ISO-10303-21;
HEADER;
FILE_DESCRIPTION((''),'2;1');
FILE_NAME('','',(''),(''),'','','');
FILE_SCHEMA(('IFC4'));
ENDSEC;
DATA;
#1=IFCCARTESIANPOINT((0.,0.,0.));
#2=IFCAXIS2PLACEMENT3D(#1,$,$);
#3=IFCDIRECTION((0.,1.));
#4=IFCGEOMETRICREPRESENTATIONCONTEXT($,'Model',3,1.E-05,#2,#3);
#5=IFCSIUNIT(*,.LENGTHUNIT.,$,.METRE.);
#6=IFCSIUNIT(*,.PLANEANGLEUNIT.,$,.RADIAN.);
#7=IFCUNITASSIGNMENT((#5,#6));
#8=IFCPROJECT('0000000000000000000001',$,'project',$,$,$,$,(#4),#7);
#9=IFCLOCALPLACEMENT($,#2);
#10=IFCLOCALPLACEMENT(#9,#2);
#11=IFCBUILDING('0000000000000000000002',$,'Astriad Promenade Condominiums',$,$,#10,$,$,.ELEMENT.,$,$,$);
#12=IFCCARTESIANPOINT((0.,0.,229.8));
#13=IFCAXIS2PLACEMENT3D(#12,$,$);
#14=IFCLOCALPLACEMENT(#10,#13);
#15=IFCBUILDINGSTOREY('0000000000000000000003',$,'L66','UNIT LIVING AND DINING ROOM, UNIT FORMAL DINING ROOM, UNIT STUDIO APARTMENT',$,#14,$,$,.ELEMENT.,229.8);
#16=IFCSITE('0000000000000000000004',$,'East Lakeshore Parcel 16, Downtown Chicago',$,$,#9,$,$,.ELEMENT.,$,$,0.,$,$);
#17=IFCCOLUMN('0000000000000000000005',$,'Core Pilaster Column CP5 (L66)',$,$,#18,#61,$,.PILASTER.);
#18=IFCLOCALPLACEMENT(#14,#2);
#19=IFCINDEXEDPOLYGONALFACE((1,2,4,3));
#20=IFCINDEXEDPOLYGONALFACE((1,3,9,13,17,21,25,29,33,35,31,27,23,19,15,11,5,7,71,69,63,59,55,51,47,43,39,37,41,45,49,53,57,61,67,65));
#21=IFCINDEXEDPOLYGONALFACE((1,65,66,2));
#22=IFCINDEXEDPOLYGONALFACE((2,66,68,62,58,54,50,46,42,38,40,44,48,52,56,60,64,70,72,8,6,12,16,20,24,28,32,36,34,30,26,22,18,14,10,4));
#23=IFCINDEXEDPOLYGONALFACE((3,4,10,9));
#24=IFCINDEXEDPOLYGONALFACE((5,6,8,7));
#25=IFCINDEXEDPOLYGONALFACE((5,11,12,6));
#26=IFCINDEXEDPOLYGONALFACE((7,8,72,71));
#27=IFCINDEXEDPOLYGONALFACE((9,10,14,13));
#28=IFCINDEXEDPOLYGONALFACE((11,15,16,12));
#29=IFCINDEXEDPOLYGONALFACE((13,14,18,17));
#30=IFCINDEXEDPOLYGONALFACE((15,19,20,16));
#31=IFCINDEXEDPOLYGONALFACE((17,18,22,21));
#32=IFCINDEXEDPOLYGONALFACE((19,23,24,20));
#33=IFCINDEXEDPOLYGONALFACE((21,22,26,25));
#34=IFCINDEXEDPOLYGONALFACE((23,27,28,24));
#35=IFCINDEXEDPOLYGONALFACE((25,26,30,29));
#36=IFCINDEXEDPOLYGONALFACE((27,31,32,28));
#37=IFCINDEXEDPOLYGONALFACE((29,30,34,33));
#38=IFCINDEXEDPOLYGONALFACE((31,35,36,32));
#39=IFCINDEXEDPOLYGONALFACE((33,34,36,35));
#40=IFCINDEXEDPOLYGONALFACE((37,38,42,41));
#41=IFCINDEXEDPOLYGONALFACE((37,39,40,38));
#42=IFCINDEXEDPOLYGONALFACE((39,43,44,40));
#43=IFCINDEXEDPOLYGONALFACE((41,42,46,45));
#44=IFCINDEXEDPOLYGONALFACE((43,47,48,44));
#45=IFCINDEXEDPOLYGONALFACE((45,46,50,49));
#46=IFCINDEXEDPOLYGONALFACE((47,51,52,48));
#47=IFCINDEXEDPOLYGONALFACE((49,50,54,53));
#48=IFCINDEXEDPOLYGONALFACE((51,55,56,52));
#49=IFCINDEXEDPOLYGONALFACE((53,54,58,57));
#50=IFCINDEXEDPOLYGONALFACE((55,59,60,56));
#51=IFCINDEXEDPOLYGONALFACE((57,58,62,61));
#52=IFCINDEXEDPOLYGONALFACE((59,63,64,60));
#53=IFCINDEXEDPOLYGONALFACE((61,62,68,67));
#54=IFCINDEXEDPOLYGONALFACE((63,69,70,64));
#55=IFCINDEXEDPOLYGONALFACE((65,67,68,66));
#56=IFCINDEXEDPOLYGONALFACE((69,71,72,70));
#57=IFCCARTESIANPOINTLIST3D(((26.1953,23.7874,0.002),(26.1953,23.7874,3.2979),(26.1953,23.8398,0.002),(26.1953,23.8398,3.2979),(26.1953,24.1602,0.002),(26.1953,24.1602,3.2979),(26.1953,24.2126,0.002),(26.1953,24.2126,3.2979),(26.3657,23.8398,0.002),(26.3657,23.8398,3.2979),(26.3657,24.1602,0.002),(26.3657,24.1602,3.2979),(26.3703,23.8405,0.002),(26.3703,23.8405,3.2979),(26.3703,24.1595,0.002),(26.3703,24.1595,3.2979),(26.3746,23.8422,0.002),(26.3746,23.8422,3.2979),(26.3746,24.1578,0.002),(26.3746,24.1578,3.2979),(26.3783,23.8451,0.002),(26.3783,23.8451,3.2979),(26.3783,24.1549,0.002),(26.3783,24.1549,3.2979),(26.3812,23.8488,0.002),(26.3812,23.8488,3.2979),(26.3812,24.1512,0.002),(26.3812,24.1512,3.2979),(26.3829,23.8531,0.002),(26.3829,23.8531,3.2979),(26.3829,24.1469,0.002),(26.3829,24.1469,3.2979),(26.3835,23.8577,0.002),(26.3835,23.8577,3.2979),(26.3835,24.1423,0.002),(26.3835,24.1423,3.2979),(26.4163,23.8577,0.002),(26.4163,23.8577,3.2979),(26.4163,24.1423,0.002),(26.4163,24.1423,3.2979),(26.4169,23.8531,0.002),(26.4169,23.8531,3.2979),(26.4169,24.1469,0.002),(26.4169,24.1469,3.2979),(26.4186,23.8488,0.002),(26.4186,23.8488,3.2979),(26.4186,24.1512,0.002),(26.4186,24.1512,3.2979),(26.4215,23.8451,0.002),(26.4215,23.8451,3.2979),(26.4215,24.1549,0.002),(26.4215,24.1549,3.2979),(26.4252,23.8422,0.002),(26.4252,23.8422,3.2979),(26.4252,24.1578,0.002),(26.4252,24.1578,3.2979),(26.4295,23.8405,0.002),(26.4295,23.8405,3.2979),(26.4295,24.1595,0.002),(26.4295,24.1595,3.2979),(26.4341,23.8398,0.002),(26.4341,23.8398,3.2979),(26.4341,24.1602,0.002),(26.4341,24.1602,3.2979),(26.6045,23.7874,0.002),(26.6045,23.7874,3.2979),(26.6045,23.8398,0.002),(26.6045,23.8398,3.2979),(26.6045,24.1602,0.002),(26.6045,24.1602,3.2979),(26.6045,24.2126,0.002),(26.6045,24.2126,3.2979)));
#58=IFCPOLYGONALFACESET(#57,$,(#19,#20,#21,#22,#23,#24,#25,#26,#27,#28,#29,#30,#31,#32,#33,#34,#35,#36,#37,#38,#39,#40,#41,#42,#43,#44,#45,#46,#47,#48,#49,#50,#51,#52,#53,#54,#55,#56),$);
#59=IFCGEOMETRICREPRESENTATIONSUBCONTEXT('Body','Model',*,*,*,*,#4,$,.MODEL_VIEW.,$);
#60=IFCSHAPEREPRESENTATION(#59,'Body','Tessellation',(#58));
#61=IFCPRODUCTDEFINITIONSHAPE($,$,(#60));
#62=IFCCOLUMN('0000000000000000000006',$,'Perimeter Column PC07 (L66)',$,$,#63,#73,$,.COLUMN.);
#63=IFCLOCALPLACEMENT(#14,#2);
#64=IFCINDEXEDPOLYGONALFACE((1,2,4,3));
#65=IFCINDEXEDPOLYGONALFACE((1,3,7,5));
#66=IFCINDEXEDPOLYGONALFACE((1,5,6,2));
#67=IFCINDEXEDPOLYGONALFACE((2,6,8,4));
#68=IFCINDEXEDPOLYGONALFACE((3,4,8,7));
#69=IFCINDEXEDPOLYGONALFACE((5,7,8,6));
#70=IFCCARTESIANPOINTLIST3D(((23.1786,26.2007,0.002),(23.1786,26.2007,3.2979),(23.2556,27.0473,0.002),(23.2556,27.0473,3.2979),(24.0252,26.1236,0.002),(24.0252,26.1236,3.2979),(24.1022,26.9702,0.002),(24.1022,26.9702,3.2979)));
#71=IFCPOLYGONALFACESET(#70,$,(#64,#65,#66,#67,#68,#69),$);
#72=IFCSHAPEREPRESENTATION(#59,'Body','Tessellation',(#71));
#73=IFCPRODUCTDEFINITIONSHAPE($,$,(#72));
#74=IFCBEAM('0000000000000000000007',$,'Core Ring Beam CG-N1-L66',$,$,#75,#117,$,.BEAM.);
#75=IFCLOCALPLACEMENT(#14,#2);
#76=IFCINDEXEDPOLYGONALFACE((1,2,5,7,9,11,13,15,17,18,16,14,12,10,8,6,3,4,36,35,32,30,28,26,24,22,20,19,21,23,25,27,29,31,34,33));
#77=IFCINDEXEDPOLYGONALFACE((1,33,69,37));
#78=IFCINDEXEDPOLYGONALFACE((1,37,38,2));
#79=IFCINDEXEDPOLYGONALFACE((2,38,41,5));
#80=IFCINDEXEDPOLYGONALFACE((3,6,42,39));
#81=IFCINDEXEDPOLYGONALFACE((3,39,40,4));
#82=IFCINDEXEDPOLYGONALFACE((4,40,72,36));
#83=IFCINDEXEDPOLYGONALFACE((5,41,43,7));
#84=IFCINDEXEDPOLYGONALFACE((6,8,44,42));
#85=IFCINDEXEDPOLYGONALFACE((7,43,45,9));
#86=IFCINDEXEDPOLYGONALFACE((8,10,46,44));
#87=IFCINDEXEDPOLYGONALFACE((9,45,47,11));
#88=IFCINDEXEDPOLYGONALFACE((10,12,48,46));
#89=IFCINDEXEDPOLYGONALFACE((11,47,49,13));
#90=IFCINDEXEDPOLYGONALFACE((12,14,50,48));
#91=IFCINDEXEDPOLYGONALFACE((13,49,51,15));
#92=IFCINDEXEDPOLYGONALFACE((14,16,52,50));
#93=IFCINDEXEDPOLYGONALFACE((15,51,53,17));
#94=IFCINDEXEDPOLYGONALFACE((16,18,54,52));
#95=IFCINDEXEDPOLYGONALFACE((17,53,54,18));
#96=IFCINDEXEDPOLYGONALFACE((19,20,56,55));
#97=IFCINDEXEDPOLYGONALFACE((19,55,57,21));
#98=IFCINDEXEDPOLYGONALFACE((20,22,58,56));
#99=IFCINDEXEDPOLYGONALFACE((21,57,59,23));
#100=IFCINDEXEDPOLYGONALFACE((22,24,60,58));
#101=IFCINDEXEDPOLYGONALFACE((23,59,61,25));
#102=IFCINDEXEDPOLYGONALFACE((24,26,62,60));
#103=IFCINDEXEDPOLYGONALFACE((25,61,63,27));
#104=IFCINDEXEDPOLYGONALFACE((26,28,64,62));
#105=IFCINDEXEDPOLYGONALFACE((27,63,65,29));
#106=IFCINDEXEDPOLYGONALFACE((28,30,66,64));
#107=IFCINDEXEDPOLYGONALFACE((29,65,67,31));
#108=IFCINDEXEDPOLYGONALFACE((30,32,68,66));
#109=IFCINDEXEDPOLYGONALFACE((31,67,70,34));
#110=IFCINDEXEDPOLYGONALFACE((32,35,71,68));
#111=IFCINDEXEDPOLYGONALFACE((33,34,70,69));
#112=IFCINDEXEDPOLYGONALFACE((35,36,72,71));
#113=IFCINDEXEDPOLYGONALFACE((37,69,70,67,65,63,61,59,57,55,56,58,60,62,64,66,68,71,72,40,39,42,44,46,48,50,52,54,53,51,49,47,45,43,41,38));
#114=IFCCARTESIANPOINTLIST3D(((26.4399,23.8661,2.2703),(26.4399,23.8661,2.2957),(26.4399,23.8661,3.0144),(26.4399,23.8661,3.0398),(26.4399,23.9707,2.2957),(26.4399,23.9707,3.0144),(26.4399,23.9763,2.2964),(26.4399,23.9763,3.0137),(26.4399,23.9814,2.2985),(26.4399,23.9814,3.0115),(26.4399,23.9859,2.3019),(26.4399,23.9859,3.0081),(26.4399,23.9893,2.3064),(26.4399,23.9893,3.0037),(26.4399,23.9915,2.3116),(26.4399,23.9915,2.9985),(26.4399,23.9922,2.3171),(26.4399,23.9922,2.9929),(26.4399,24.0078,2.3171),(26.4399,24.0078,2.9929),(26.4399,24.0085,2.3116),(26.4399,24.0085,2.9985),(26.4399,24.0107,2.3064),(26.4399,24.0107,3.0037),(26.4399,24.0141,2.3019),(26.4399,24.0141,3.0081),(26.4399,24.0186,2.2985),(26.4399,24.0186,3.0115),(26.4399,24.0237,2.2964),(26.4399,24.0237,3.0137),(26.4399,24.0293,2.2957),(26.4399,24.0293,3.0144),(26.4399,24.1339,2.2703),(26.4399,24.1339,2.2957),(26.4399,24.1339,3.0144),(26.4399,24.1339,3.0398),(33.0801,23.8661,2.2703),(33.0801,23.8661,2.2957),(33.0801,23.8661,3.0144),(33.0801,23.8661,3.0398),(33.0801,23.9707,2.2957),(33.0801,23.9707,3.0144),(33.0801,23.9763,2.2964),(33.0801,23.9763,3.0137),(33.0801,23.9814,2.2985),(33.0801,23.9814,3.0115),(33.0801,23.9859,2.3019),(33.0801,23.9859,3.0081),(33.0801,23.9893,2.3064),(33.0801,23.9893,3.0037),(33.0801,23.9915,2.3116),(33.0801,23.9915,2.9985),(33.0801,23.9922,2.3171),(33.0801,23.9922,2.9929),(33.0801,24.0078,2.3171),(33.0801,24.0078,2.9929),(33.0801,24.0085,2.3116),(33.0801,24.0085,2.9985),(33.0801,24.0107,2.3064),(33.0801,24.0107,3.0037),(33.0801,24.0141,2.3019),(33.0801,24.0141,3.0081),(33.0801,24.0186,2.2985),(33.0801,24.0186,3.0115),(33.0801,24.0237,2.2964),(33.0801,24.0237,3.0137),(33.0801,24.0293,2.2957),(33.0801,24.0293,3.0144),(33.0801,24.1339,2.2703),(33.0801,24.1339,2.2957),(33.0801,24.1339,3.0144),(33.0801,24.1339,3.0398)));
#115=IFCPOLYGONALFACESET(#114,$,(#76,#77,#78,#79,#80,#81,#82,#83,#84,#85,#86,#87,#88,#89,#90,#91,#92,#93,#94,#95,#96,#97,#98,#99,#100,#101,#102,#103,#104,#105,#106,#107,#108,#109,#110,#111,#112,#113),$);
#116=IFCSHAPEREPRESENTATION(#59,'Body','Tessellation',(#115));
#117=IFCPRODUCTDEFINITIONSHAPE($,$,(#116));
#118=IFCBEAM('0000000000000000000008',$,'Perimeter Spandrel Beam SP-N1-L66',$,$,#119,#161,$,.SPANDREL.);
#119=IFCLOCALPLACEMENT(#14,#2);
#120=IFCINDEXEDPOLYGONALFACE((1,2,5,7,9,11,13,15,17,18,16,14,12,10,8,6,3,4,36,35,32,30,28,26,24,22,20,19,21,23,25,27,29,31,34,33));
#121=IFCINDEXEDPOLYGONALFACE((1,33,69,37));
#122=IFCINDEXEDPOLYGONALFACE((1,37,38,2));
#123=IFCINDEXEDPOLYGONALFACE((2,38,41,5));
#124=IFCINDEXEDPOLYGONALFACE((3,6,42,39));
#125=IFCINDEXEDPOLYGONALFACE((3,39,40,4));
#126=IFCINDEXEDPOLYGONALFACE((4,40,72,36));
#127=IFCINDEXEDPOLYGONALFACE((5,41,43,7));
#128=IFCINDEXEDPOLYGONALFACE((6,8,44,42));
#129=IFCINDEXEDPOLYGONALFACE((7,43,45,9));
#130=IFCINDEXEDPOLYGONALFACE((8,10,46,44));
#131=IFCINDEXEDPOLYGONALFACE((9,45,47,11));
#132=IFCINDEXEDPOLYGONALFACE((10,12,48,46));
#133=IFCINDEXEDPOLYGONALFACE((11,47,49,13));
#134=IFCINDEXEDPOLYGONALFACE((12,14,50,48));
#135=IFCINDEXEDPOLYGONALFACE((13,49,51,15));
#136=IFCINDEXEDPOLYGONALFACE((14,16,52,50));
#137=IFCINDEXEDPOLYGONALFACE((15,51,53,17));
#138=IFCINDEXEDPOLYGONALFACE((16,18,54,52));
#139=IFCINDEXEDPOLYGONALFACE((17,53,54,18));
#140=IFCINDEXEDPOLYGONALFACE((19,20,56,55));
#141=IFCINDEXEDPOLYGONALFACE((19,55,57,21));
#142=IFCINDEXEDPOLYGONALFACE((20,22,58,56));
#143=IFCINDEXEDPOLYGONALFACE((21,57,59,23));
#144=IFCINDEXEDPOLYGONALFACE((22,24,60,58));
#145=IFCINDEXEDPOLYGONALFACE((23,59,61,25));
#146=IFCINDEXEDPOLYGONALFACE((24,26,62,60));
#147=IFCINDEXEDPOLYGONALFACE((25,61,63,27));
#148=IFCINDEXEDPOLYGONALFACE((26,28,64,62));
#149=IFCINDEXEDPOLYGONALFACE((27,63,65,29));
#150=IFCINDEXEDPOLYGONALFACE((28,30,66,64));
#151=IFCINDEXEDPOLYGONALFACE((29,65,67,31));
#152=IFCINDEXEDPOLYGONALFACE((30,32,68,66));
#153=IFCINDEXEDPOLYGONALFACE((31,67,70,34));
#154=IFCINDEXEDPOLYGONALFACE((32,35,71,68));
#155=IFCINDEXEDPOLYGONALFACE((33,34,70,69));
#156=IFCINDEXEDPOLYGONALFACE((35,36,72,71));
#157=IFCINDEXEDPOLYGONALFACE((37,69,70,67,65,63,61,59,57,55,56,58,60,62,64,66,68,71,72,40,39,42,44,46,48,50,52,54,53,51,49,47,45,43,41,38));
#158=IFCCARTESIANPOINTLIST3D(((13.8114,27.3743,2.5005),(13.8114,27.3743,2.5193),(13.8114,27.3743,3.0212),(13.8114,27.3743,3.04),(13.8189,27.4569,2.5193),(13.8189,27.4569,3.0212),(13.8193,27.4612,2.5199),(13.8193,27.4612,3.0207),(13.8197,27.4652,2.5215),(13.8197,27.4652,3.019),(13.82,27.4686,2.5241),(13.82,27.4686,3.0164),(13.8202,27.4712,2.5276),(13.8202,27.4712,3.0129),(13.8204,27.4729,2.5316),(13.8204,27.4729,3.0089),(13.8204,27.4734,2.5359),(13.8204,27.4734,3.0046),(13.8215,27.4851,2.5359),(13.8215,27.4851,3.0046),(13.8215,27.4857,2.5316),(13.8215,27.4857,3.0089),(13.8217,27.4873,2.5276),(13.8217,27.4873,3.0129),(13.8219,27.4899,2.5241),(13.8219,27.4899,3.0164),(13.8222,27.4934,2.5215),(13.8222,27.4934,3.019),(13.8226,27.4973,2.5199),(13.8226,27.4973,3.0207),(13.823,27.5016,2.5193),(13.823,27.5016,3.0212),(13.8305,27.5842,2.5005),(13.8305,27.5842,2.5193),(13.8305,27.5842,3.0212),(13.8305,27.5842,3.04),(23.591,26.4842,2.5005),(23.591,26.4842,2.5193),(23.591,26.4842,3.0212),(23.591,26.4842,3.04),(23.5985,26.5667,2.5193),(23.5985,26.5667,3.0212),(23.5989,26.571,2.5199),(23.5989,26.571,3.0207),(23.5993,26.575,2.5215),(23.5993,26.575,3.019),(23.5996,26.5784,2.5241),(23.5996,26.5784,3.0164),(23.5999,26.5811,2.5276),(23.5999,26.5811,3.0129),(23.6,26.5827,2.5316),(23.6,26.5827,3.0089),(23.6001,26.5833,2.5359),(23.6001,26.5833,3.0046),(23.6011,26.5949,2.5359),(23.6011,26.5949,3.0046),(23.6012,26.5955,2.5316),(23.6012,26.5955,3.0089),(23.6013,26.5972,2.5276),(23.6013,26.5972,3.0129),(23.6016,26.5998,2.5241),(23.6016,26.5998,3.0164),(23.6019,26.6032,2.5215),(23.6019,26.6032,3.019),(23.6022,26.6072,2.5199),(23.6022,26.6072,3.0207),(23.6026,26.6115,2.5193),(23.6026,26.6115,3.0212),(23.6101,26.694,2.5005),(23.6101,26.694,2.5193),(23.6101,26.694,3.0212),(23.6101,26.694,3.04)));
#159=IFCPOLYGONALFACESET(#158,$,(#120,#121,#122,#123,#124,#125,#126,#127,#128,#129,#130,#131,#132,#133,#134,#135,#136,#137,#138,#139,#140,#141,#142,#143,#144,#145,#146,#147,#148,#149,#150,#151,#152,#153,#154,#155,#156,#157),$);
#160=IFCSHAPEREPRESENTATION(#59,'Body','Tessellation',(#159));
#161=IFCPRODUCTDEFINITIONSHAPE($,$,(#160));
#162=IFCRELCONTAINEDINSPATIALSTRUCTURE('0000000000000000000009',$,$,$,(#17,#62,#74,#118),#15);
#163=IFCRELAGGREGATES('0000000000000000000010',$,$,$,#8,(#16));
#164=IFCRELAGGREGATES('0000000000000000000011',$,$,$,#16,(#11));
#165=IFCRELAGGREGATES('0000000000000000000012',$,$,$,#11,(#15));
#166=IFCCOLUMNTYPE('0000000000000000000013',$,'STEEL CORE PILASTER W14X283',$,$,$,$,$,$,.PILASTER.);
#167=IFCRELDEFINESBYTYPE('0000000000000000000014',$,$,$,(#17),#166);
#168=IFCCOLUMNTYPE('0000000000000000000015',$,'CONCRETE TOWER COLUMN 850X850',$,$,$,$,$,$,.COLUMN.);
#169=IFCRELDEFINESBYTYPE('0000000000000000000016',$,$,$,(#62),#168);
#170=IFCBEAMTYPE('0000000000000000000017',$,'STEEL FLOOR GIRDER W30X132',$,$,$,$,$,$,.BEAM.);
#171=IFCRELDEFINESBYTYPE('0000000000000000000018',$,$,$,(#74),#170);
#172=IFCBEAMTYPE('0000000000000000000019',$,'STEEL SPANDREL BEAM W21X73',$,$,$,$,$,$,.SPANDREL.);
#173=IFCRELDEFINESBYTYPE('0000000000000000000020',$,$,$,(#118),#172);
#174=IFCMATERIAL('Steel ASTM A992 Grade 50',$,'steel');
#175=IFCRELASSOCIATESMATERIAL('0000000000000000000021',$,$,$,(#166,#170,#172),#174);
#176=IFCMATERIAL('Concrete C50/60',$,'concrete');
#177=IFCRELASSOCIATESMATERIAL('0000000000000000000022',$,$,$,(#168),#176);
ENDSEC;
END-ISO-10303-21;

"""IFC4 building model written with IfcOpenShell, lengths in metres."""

from ifc_helpers import new_model, si_unit, direction, frame, origin, origin_2d, place, context, subcontext, project, spatial, rectangle, i_section, extrude, source, transform, mapped, material, material_profile, profile_set, type_object, type_shapes, element, save


model = new_model("IFC4")

# Units and contexts
model_context = context("Model", 3, precision=1e-05, world=origin(), true_north=direction((0.0, 1.0)))
body_context = subcontext(model_context, "Body", "Model", "MODEL_VIEW")
ifc_project = project(units=[si_unit("LENGTHUNIT", "METRE"), si_unit("PLANEANGLEUNIT", "RADIAN")], contexts=[model_context])

# Site, building, storey
site_placement = place(None, origin())
site = spatial("IfcSite", under=ifc_project, at=site_placement, Name="East Lakeshore Parcel 16, Downtown Chicago", CompositionType="ELEMENT", RefElevation=0.0)
building_placement = place(site_placement, origin())
building = spatial("IfcBuilding", under=site, at=building_placement, Name="Astriad Promenade Condominiums", CompositionType="ELEMENT")
storey_placement = place(building_placement, frame((0.0, 0.0, 229.8)))
storey = spatial("IfcBuildingStorey", under=building, at=storey_placement, Name="L66", Description="UNIT LIVING AND DINING ROOM, UNIT FORMAL DINING ROOM, UNIT STUDIO APARTMENT", CompositionType="ELEMENT", Elevation=229.8)

# Columns
ifc_material_1 = material(Name="Steel ASTM A992 Grade 50", Category="steel")
ifc_material_profile_1 = material_profile(ifc_material_1, i_section(OverallWidth=0.4092, OverallDepth=0.4253, WebThickness=0.0327, FlangeThickness=0.0525, FilletRadius=0.0178, at=origin_2d()), Name="W14X283")
ifc_profile_set_1 = profile_set([ifc_material_profile_1], Name="Steel ASTM A992 Grade 50")
column_type_1 = type_object("IfcColumnType", Name="STEEL CORE PILASTER W14X283", PredefinedType="PILASTER", material=ifc_profile_set_1)
shared_shape_1 = source(origin(), body_context, "Body", "SweptSolid", [
    extrude(i_section(OverallWidth=0.4092, OverallDepth=0.4253, WebThickness=0.0327, FlangeThickness=0.0525, FilletRadius=0.0178, at=origin_2d()), origin(), (0.0, 0.0, 1.0), 3.2959),
])
type_shapes(column_type_1, [shared_shape_1])
column_1_placement = place(storey_placement, frame((26.3999, 24.0, 0.002), z_axis=(0.0, 0.0, 1.0), x_axis=(1.0, 0.0, 0.0)))
element("IfcColumn", 1, at=column_1_placement, inside=storey, type_object=column_type_1, Name="Core Pilaster Column CP5 (L66)", PredefinedType="PILASTER", context=body_context, shape_type="MappedRepresentation", body=[
    mapped(shared_shape_1, transform((0.0, 0.0, 0.0), scale=1.0)),
])
ifc_material_2 = material(Name="Concrete C50/60", Category="concrete")
ifc_material_profile_2 = material_profile(ifc_material_2, rectangle(XDim=0.8501, YDim=0.8501, at=origin_2d()), Name="RC-COL-850X850")
ifc_profile_set_2 = profile_set([ifc_material_profile_2], Name="Concrete C50/60")
column_type_2 = type_object("IfcColumnType", Name="CONCRETE TOWER COLUMN 850X850", PredefinedType="COLUMN", material=ifc_profile_set_2)
shared_shape_2 = source(origin(), body_context, "Body", "SweptSolid", [
    extrude(rectangle(XDim=0.8501, YDim=0.8501, at=origin_2d()), origin(), (0.0, 0.0, 1.0), 3.2959),
])
type_shapes(column_type_2, [shared_shape_2])
column_2_placement = place(storey_placement, frame((23.6404, 26.5854, 0.002), z_axis=(0.0, 0.0, 1.0), x_axis=(0.995884, -0.090633, 0.0)))
element("IfcColumn", 2, at=column_2_placement, inside=storey, type_object=column_type_2, Name="Perimeter Column PC07 (L66)", PredefinedType="COLUMN", context=body_context, shape_type="MappedRepresentation", body=[
    mapped(shared_shape_2, transform((0.0, 0.0, 0.0), scale=1.0)),
])

# Beams
ifc_material_profile_3 = material_profile(ifc_material_1, i_section(OverallWidth=0.2678, OverallDepth=0.7695, WebThickness=0.0156, FlangeThickness=0.0254, FilletRadius=0.0215, at=origin_2d()), Name="W30X132")
ifc_profile_set_3 = profile_set([ifc_material_profile_3], Name="Steel ASTM A992 Grade 50")
beam_type_1 = type_object("IfcBeamType", Name="STEEL FLOOR GIRDER W30X132", PredefinedType="BEAM", material=ifc_profile_set_3)
shared_shape_3 = source(origin(), body_context, "Body", "SweptSolid", [
    extrude(i_section(OverallWidth=0.2678, OverallDepth=0.7695, WebThickness=0.0156, FlangeThickness=0.0254, FilletRadius=0.0215, at=origin_2d()), origin(), (0.0, 0.0, 1.0), 6.6401),
])
type_shapes(beam_type_1, [shared_shape_3])
beam_1_placement = place(storey_placement, frame((26.4399, 24.0, 2.655), z_axis=(1.0, 0.0, 0.0), x_axis=(0.0, 1.0, 0.0)))
element("IfcBeam", 3, at=beam_1_placement, inside=storey, type_object=beam_type_1, Name="Core Ring Beam CG-N1-L66", PredefinedType="BEAM", context=body_context, shape_type="MappedRepresentation", body=[
    mapped(shared_shape_3, transform((0.0, 0.0, 0.0), scale=1.0)),
])
ifc_material_profile_4 = material_profile(ifc_material_1, i_section(OverallWidth=0.2107, OverallDepth=0.5396, WebThickness=0.0117, FlangeThickness=0.0188, FilletRadius=0.0166, at=origin_2d()), Name="W21X73")
ifc_profile_set_4 = profile_set([ifc_material_profile_4], Name="Steel ASTM A992 Grade 50")
beam_type_2 = type_object("IfcBeamType", Name="STEEL SPANDREL BEAM W21X73", PredefinedType="SPANDREL", material=ifc_profile_set_4)
shared_shape_4 = source(origin(), body_context, "Body", "SweptSolid", [
    extrude(i_section(OverallWidth=0.2107, OverallDepth=0.5396, WebThickness=0.0117, FlangeThickness=0.0188, FilletRadius=0.0166, at=origin_2d()), origin(), (0.0, 0.0, 1.0), 9.8201),
])
type_shapes(beam_type_2, [shared_shape_4])
beam_2_placement = place(storey_placement, frame((23.6006, 26.5891, 2.7703), z_axis=(-0.995883, 0.090646, 0.0), x_axis=(-0.090646, -0.995883, 0.0)))
element("IfcBeam", 4, at=beam_2_placement, inside=storey, type_object=beam_type_2, Name="Perimeter Spandrel Beam SP-N1-L66", PredefinedType="SPANDREL", context=body_context, shape_type="MappedRepresentation", body=[
    mapped(shared_shape_4, transform((0.0, 0.0, 0.0), scale=1.0)),
])

save(model, "model.ifc")
